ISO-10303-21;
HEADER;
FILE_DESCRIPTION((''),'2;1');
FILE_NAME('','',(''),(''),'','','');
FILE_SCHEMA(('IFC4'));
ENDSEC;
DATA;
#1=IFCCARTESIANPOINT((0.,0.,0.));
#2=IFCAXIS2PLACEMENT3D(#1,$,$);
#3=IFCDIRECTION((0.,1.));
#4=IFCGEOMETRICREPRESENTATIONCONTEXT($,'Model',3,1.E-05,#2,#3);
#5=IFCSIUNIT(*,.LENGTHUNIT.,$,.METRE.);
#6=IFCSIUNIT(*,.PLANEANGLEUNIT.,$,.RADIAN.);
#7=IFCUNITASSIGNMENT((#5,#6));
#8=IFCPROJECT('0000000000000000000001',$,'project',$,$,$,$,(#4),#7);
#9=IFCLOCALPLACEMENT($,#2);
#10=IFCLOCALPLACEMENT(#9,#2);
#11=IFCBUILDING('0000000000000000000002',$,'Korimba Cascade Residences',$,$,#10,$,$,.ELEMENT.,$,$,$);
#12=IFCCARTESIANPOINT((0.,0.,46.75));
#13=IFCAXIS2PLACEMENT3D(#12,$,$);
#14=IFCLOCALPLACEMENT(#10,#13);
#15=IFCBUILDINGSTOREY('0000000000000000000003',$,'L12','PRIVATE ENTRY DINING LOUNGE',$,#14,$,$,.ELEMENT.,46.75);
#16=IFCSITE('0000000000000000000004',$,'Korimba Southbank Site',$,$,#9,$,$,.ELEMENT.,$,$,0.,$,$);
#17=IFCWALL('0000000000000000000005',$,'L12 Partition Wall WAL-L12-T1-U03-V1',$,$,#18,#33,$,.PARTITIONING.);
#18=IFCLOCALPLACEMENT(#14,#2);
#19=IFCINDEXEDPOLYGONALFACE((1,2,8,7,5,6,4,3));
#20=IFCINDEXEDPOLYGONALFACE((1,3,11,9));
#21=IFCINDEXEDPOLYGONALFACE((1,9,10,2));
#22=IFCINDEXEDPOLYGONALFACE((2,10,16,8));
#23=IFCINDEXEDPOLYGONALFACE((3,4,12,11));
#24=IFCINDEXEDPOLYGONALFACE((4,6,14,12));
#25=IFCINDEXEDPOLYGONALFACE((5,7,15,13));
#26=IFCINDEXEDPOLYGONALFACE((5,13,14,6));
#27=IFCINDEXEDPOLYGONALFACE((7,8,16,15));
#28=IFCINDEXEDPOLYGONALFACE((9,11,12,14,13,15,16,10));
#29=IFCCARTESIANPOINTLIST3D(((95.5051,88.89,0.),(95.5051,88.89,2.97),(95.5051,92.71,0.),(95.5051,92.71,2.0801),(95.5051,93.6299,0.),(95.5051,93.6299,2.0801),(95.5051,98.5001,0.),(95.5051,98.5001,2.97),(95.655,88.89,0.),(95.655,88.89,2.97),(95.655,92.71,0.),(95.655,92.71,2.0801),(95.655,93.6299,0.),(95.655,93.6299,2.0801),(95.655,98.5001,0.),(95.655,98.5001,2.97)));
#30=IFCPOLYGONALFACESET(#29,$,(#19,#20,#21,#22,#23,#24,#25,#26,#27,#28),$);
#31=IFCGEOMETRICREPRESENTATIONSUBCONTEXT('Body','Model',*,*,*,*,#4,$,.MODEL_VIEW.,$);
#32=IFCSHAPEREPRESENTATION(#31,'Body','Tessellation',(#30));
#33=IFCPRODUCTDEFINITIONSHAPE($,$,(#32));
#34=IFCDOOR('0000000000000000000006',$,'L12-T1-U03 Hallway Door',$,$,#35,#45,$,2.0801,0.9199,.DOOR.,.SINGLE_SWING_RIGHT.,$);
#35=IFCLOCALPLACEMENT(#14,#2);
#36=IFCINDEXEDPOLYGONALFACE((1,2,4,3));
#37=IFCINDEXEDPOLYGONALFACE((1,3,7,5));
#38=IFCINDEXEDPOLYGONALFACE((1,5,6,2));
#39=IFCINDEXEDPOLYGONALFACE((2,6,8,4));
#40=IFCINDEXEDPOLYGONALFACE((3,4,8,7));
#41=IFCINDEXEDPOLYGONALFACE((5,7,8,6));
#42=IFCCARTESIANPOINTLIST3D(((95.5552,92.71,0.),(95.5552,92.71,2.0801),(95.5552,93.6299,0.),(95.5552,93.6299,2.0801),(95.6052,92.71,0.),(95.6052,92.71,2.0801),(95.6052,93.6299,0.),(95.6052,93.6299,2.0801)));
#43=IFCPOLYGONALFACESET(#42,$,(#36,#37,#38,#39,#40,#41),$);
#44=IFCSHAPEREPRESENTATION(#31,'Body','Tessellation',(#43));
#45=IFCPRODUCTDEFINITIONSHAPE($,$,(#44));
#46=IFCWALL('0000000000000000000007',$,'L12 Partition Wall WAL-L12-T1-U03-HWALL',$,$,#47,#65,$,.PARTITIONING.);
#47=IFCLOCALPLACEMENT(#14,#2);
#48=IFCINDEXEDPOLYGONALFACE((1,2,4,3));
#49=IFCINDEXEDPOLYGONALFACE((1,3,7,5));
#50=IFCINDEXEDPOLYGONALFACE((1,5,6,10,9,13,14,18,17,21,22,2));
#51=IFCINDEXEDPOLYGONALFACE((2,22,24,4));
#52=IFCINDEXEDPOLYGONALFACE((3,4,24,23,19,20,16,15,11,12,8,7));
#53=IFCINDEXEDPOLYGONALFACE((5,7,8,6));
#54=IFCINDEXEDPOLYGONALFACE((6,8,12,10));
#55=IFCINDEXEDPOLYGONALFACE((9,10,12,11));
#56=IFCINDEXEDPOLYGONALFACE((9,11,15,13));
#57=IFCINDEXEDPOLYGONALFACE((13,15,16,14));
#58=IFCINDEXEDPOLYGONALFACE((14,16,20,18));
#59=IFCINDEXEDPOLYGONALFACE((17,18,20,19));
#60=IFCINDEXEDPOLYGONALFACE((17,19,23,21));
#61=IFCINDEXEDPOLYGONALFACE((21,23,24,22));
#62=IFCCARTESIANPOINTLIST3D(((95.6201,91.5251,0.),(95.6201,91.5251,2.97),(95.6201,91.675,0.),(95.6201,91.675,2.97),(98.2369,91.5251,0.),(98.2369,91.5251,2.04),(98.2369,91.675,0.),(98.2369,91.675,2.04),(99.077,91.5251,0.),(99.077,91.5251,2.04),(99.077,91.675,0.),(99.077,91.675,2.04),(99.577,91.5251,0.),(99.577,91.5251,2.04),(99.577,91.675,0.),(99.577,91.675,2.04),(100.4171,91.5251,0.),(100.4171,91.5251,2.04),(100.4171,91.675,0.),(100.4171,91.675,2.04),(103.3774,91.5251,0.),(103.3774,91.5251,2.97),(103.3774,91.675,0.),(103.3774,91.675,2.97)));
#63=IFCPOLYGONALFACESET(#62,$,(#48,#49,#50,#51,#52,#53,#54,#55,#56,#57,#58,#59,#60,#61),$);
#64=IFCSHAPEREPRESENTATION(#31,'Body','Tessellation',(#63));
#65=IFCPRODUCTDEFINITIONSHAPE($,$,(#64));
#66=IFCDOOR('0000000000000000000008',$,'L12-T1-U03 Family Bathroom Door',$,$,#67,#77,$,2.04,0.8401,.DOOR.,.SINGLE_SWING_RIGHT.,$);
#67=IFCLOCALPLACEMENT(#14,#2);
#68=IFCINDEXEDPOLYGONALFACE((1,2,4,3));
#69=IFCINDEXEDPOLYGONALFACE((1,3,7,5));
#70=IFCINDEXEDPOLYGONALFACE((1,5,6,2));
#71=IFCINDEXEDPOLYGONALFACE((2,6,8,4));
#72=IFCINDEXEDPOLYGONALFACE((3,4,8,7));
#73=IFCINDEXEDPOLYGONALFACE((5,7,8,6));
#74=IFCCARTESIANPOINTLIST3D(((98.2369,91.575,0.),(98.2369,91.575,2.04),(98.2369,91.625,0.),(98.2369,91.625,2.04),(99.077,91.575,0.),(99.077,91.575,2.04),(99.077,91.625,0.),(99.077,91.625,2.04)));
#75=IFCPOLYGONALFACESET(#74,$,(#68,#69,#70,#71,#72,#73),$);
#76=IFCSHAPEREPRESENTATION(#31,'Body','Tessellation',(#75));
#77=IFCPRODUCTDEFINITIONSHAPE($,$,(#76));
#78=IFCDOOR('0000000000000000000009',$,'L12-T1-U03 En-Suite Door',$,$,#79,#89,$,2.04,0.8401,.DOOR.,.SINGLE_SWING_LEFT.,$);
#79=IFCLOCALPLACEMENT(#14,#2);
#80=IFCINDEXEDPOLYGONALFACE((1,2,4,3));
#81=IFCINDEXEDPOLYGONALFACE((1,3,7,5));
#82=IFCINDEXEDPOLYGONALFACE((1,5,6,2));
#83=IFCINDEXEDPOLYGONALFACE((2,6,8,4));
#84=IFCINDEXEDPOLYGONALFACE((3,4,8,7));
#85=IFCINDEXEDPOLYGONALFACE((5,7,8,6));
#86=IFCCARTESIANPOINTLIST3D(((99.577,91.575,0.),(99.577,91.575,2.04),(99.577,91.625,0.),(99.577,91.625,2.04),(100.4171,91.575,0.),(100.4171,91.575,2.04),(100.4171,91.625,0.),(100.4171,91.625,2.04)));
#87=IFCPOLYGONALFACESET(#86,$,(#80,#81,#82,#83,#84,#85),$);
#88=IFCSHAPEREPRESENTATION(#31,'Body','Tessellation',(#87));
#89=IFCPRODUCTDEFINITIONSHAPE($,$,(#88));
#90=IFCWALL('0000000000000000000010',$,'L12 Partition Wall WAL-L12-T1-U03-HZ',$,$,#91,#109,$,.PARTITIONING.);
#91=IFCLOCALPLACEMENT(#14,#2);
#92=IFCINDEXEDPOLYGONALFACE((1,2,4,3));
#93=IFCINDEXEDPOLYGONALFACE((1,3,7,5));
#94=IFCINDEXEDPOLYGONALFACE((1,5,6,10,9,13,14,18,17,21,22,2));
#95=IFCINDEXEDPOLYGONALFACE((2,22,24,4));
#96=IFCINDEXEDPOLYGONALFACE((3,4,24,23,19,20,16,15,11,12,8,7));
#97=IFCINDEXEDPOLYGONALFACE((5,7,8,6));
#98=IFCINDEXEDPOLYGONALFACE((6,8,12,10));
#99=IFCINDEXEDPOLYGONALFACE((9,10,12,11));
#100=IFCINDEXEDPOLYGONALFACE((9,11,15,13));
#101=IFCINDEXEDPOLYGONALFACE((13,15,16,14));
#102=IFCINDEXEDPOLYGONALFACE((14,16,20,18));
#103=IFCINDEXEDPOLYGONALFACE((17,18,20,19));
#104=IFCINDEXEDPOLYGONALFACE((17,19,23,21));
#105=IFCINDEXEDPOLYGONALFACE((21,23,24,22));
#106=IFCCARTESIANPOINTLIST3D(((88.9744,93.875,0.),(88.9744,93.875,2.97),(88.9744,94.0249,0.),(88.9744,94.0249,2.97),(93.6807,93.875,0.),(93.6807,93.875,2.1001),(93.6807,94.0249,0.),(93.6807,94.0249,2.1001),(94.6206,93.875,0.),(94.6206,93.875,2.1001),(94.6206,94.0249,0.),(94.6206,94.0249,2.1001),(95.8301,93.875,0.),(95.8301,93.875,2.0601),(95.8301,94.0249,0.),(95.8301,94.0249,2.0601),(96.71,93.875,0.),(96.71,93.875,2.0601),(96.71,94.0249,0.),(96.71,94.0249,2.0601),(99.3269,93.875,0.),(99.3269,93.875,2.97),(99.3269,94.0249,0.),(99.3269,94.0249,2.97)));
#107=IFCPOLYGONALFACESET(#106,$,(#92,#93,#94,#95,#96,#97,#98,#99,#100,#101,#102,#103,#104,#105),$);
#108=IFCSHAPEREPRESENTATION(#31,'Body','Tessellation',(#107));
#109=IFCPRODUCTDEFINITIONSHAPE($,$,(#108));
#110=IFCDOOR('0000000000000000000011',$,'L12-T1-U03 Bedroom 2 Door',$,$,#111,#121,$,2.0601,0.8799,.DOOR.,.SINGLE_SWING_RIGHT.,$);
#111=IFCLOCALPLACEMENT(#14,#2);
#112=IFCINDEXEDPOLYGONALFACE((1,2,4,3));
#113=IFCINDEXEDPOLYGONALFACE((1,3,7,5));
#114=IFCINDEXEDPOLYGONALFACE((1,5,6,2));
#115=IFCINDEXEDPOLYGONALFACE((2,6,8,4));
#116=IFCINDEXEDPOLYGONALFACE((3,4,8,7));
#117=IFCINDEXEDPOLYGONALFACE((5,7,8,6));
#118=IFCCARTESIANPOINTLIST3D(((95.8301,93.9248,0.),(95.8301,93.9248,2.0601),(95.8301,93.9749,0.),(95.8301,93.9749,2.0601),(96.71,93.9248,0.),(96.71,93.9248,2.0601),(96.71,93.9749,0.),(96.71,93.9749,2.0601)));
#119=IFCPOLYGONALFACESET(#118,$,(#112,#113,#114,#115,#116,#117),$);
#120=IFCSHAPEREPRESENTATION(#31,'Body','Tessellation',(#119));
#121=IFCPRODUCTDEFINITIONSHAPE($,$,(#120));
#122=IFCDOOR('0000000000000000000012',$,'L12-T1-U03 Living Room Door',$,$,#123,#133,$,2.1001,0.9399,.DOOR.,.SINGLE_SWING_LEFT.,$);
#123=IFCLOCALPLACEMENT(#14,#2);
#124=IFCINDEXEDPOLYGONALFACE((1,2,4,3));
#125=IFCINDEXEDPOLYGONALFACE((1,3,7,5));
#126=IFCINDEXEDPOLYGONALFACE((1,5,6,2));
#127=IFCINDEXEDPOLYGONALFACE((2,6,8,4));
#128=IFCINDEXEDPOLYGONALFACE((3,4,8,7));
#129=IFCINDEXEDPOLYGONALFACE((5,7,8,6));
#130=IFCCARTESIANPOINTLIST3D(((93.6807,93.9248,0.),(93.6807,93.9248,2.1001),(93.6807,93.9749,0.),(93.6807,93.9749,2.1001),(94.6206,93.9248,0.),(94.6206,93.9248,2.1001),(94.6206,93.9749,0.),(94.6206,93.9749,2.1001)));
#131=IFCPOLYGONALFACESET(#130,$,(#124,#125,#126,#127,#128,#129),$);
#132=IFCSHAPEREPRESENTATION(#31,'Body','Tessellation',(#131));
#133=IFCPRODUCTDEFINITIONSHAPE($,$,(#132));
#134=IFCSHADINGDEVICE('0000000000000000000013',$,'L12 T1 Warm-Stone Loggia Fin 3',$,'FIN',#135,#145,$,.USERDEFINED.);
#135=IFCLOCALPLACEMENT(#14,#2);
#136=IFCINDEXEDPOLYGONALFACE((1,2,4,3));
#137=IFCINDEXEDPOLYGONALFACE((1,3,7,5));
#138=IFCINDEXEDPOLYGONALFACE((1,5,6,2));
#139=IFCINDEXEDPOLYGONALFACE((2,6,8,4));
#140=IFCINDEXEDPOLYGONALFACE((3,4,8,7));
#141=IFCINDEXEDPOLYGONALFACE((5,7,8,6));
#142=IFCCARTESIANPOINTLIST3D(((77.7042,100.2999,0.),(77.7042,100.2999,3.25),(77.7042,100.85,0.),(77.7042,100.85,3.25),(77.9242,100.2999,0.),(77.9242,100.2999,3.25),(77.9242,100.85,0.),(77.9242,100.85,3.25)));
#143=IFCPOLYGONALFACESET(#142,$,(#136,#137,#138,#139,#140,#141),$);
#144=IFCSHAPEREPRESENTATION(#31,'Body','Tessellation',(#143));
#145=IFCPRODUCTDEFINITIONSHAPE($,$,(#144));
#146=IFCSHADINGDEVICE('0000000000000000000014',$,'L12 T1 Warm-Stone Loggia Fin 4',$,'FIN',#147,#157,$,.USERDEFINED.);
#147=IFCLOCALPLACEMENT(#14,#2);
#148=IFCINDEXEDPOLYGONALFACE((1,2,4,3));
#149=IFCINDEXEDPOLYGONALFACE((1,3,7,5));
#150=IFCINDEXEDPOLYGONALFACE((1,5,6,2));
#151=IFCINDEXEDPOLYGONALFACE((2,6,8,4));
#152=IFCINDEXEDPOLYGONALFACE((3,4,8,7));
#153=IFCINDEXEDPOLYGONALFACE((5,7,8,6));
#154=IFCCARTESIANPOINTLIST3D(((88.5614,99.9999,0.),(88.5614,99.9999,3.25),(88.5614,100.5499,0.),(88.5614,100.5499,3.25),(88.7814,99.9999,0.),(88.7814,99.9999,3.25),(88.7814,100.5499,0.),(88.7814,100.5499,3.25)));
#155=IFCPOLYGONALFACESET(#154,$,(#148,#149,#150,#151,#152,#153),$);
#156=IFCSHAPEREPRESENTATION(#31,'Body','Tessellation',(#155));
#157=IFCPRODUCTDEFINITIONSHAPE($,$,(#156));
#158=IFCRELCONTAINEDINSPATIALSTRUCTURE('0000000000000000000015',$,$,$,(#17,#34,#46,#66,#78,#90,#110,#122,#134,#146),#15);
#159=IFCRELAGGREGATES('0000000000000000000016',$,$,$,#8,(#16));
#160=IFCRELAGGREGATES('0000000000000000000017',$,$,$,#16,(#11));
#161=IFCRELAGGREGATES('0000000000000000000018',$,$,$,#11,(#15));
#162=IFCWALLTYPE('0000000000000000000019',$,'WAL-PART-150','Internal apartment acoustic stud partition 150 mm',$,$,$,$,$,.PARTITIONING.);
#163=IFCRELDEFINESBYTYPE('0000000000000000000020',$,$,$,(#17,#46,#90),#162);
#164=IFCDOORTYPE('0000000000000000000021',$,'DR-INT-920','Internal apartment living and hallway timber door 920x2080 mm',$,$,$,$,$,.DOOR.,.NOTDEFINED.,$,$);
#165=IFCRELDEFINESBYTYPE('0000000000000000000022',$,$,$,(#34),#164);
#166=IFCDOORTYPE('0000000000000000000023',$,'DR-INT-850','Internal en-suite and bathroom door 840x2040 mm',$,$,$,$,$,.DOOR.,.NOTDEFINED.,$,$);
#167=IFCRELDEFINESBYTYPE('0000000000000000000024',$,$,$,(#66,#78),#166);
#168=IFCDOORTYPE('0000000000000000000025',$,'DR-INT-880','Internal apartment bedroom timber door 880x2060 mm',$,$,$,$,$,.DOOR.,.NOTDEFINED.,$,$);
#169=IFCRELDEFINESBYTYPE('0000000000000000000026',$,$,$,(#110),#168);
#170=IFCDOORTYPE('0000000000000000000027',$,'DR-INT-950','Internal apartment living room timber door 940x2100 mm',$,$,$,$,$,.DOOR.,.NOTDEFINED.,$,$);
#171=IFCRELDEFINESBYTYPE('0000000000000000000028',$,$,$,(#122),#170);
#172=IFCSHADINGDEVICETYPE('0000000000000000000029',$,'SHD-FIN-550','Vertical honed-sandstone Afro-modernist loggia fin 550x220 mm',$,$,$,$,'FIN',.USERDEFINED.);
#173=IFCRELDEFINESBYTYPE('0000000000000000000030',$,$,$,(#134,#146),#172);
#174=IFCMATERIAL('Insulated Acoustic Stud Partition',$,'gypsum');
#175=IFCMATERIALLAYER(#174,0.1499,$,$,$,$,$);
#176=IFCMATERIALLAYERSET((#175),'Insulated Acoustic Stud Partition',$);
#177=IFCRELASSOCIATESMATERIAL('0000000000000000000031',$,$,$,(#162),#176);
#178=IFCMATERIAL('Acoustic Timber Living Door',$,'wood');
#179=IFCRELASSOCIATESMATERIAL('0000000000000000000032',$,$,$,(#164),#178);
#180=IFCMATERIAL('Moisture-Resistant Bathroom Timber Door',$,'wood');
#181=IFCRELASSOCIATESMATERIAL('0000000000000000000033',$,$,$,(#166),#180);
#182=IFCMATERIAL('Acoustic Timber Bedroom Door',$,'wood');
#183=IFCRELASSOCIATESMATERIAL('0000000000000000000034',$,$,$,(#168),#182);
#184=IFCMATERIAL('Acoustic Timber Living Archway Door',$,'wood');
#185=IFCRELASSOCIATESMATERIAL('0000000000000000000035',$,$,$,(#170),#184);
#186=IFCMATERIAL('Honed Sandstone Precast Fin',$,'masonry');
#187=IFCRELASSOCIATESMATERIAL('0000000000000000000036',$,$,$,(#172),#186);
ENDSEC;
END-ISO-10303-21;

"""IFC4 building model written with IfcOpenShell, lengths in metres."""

from ifc_helpers import new_model, si_unit, direction, frame, frame_2d, origin, origin_2d, place, context, subcontext, project, spatial, rectangle, extrude, material, layer, layer_set, type_object, element, fill, save


model = new_model("IFC4")

# Units and contexts
model_context = context("Model", 3, precision=1e-05, world=origin(), true_north=direction((0.0, 1.0)))
body_context = subcontext(model_context, "Body", "Model", "MODEL_VIEW")
ifc_project = project(units=[si_unit("LENGTHUNIT", "METRE"), si_unit("PLANEANGLEUNIT", "RADIAN")], contexts=[model_context])

# Site, building, storey
site_placement = place(None, origin())
site = spatial("IfcSite", under=ifc_project, at=site_placement, Name="Korimba Southbank Site", CompositionType="ELEMENT", RefElevation=0.0)
building_placement = place(site_placement, origin())
building = spatial("IfcBuilding", under=site, at=building_placement, Name="Korimba Cascade Residences", CompositionType="ELEMENT")
storey_placement = place(building_placement, frame((0.0, 0.0, 46.75)))
storey = spatial("IfcBuildingStorey", under=building, at=storey_placement, Name="L12", Description="PRIVATE ENTRY DINING LOUNGE", CompositionType="ELEMENT", Elevation=46.75)

# Shared definitions
ifc_material_1 = material(Name="Insulated Acoustic Stud Partition", Category="gypsum")
ifc_layer = layer(ifc_material_1, 0.1499)
ifc_layer_set = layer_set([ifc_layer], Name="Insulated Acoustic Stud Partition")
wall_type = type_object("IfcWallType", Name="WAL-PART-150", Description="Internal apartment acoustic stud partition 150 mm", PredefinedType="PARTITIONING", material=ifc_layer_set)

# Wall, opening, door
wall_1_placement = place(storey_placement, frame((95.5801, 88.8899, 0.0), z_axis=(0.0, 0.0, 1.0), x_axis=(0.0, 1.0, 0.0)))
wall_1 = element("IfcWall", 1, at=wall_1_placement, inside=storey, type_object=wall_type, Name="L12 Partition Wall WAL-L12-T1-U03-V1", PredefinedType="PARTITIONING", context=body_context, shape_type="SweptSolid", body=[
    extrude(rectangle(XDim=9.6101, YDim=0.1499, at=frame_2d((4.8052, 0.0))), origin(), (0.0, 0.0, 1.0), 2.97),
])
opening_1_placement = place(wall_1_placement, frame((3.8201, 0.0, 0.0)))
opening_1 = element("IfcOpeningElement", 2, at=opening_1_placement, cuts=wall_1, PredefinedType="OPENING", context=body_context, shape_type="SweptSolid", body=[
    extrude(rectangle(XDim=0.9199, YDim=2.0801, at=frame_2d((0.46, 1.04))), frame((0.0, 0.085, 0.0), z_axis=(0.0, -1.0, 0.0), x_axis=(1.0, 0.0, 0.0)), (0.0, 0.0, 1.0), 0.1699),
])
ifc_material_2 = material(Name="Acoustic Timber Living Door", Category="wood")
door_type_1 = type_object("IfcDoorType", Name="DR-INT-920", Description="Internal apartment living and hallway timber door 920x2080 mm", OperationType="NOTDEFINED", PredefinedType="DOOR", material=ifc_material_2)
door_1_placement = place(opening_1_placement, origin())
door_1 = element("IfcDoor", 3, at=door_1_placement, inside=storey, type_object=door_type_1, Name="L12-T1-U03 Hallway Door", OperationType="SINGLE_SWING_RIGHT", OverallHeight=2.0801, OverallWidth=0.9199, PredefinedType="DOOR", context=body_context, shape_type="SweptSolid", body=[
    extrude(rectangle(XDim=0.9199, YDim=2.0801, at=frame_2d((0.46, 1.04))), frame((0.0, 0.0249, 0.0), z_axis=(0.0, -1.0, 0.0), x_axis=(1.0, 0.0, 0.0)), (0.0, 0.0, 1.0), 0.05),
])
fill(opening_1, door_1)

# Walls, openings, doors
wall_2_placement = place(storey_placement, frame((95.6201, 91.6001, 0.0), z_axis=(0.0, 0.0, 1.0), x_axis=(1.0, 0.0, 0.0)))
wall_2 = element("IfcWall", 4, at=wall_2_placement, inside=storey, type_object=wall_type, Name="L12 Partition Wall WAL-L12-T1-U03-HWALL", PredefinedType="PARTITIONING", context=body_context, shape_type="SweptSolid", body=[
    extrude(rectangle(XDim=7.7573, YDim=0.1499, at=frame_2d((3.8787, 0.0))), origin(), (0.0, 0.0, 1.0), 2.97),
])
opening_2_placement = place(wall_2_placement, frame((2.6169, 0.0, 0.0)))
opening_2 = element("IfcOpeningElement", 5, at=opening_2_placement, cuts=wall_2, PredefinedType="OPENING", context=body_context, shape_type="SweptSolid", body=[
    extrude(rectangle(XDim=0.8401, YDim=2.04, at=frame_2d((0.4199, 1.02))), frame((0.0, 0.085, 0.0), z_axis=(0.0, -1.0, 0.0), x_axis=(1.0, 0.0, 0.0)), (0.0, 0.0, 1.0), 0.1699),
])
opening_3_placement = place(wall_2_placement, frame((3.957, 0.0, 0.0)))
opening_3 = element("IfcOpeningElement", 6, at=opening_3_placement, cuts=wall_2, PredefinedType="OPENING", context=body_context, shape_type="SweptSolid", body=[
    extrude(rectangle(XDim=0.8401, YDim=2.04, at=frame_2d((0.4199, 1.02))), frame((0.0, 0.085, 0.0), z_axis=(0.0, -1.0, 0.0), x_axis=(1.0, 0.0, 0.0)), (0.0, 0.0, 1.0), 0.1699),
])
ifc_material_3 = material(Name="Moisture-Resistant Bathroom Timber Door", Category="wood")
door_type_2 = type_object("IfcDoorType", Name="DR-INT-850", Description="Internal en-suite and bathroom door 840x2040 mm", OperationType="NOTDEFINED", PredefinedType="DOOR", material=ifc_material_3)
door_2_placement = place(opening_2_placement, origin())
door_2 = element("IfcDoor", 7, at=door_2_placement, inside=storey, type_object=door_type_2, Name="L12-T1-U03 Family Bathroom Door", OperationType="SINGLE_SWING_RIGHT", OverallHeight=2.04, OverallWidth=0.8401, PredefinedType="DOOR", context=body_context, shape_type="SweptSolid", body=[
    extrude(rectangle(XDim=0.8401, YDim=2.04, at=frame_2d((0.4199, 1.02))), frame((0.0, 0.0249, 0.0), z_axis=(0.0, -1.0, 0.0), x_axis=(1.0, 0.0, 0.0)), (0.0, 0.0, 1.0), 0.05),
])
fill(opening_2, door_2)
door_3_placement = place(opening_3_placement, origin())
door_3 = element("IfcDoor", 8, at=door_3_placement, inside=storey, type_object=door_type_2, Name="L12-T1-U03 En-Suite Door", OperationType="SINGLE_SWING_LEFT", OverallHeight=2.04, OverallWidth=0.8401, PredefinedType="DOOR", context=body_context, shape_type="SweptSolid", body=[
    extrude(rectangle(XDim=0.8401, YDim=2.04, at=frame_2d((0.4199, 1.02))), frame((0.0, 0.0249, 0.0), z_axis=(0.0, -1.0, 0.0), x_axis=(1.0, 0.0, 0.0)), (0.0, 0.0, 1.0), 0.05),
])
fill(opening_3, door_3)
wall_3_placement = place(storey_placement, frame((88.9744, 93.95, 0.0), z_axis=(0.0, 0.0, 1.0), x_axis=(1.0, 0.0, 0.0)))
wall_3 = element("IfcWall", 9, at=wall_3_placement, inside=storey, type_object=wall_type, Name="L12 Partition Wall WAL-L12-T1-U03-HZ", PredefinedType="PARTITIONING", context=body_context, shape_type="SweptSolid", body=[
    extrude(rectangle(XDim=10.3525, YDim=0.1499, at=frame_2d((5.1763, 0.0))), origin(), (0.0, 0.0, 1.0), 2.97),
])
opening_4_placement = place(wall_3_placement, frame((4.7063, 0.0, 0.0)))
opening_4 = element("IfcOpeningElement", 10, at=opening_4_placement, cuts=wall_3, PredefinedType="OPENING", context=body_context, shape_type="SweptSolid", body=[
    extrude(rectangle(XDim=0.9399, YDim=2.1001, at=frame_2d((0.47, 1.05))), frame((0.0, 0.085, 0.0), z_axis=(0.0, -1.0, 0.0), x_axis=(1.0, 0.0, 0.0)), (0.0, 0.0, 1.0), 0.1699),
])
opening_5_placement = place(wall_3_placement, frame((6.8557, 0.0, 0.0)))
opening_5 = element("IfcOpeningElement", 11, at=opening_5_placement, cuts=wall_3, PredefinedType="OPENING", context=body_context, shape_type="SweptSolid", body=[
    extrude(rectangle(XDim=0.8799, YDim=2.0601, at=frame_2d((0.4399, 1.03))), frame((0.0, 0.085, 0.0), z_axis=(0.0, -1.0, 0.0), x_axis=(1.0, 0.0, 0.0)), (0.0, 0.0, 1.0), 0.1699),
])
ifc_material_4 = material(Name="Acoustic Timber Bedroom Door", Category="wood")
door_type_3 = type_object("IfcDoorType", Name="DR-INT-880", Description="Internal apartment bedroom timber door 880x2060 mm", OperationType="NOTDEFINED", PredefinedType="DOOR", material=ifc_material_4)
door_4_placement = place(opening_5_placement, origin())
door_4 = element("IfcDoor", 12, at=door_4_placement, inside=storey, type_object=door_type_3, Name="L12-T1-U03 Bedroom 2 Door", OperationType="SINGLE_SWING_RIGHT", OverallHeight=2.0601, OverallWidth=0.8799, PredefinedType="DOOR", context=body_context, shape_type="SweptSolid", body=[
    extrude(rectangle(XDim=0.8799, YDim=2.0601, at=frame_2d((0.4399, 1.03))), frame((0.0, 0.0249, 0.0), z_axis=(0.0, -1.0, 0.0), x_axis=(1.0, 0.0, 0.0)), (0.0, 0.0, 1.0), 0.05),
])
fill(opening_5, door_4)
ifc_material_5 = material(Name="Acoustic Timber Living Archway Door", Category="wood")
door_type_4 = type_object("IfcDoorType", Name="DR-INT-950", Description="Internal apartment living room timber door 940x2100 mm", OperationType="NOTDEFINED", PredefinedType="DOOR", material=ifc_material_5)
door_5_placement = place(opening_4_placement, origin())
door_5 = element("IfcDoor", 13, at=door_5_placement, inside=storey, type_object=door_type_4, Name="L12-T1-U03 Living Room Door", OperationType="SINGLE_SWING_LEFT", OverallHeight=2.1001, OverallWidth=0.9399, PredefinedType="DOOR", context=body_context, shape_type="SweptSolid", body=[
    extrude(rectangle(XDim=0.9399, YDim=2.1001, at=frame_2d((0.47, 1.05))), frame((0.0, 0.0249, 0.0), z_axis=(0.0, -1.0, 0.0), x_axis=(1.0, 0.0, 0.0)), (0.0, 0.0, 1.0), 0.05),
])
fill(opening_4, door_5)

# Shading devices
ifc_material_6 = material(Name="Honed Sandstone Precast Fin", Category="masonry")
shading_device_type = type_object("IfcShadingDeviceType", Name="SHD-FIN-550", Description="Vertical honed-sandstone Afro-modernist loggia fin 550x220 mm", ElementType="FIN", PredefinedType="USERDEFINED", material=ifc_material_6)
for number, where, z_axis, x_axis, name in (
    (14, (77.8142, 100.575, 0.0), (0.0, 0.0, 1.0), (1.0, 0.0, 0.0), "L12 T1 Warm-Stone Loggia Fin 3"),
    (15, (88.6714, 100.2749, 0.0), (0.0, 0.0, 1.0), (1.0, 0.0, 0.0), "L12 T1 Warm-Stone Loggia Fin 4"),
):
    element("IfcShadingDevice", number, at=place(storey_placement, frame(where, z_axis=z_axis, x_axis=x_axis)), inside=storey, type_object=shading_device_type, Name=name, ObjectType="FIN", PredefinedType="USERDEFINED", context=body_context, shape_type="SweptSolid", body=[
        extrude(rectangle(XDim=0.22, YDim=0.55, at=origin_2d()), origin(), (0.0, 0.0, 1.0), 3.25),
    ])

save(model, "model.ifc")
